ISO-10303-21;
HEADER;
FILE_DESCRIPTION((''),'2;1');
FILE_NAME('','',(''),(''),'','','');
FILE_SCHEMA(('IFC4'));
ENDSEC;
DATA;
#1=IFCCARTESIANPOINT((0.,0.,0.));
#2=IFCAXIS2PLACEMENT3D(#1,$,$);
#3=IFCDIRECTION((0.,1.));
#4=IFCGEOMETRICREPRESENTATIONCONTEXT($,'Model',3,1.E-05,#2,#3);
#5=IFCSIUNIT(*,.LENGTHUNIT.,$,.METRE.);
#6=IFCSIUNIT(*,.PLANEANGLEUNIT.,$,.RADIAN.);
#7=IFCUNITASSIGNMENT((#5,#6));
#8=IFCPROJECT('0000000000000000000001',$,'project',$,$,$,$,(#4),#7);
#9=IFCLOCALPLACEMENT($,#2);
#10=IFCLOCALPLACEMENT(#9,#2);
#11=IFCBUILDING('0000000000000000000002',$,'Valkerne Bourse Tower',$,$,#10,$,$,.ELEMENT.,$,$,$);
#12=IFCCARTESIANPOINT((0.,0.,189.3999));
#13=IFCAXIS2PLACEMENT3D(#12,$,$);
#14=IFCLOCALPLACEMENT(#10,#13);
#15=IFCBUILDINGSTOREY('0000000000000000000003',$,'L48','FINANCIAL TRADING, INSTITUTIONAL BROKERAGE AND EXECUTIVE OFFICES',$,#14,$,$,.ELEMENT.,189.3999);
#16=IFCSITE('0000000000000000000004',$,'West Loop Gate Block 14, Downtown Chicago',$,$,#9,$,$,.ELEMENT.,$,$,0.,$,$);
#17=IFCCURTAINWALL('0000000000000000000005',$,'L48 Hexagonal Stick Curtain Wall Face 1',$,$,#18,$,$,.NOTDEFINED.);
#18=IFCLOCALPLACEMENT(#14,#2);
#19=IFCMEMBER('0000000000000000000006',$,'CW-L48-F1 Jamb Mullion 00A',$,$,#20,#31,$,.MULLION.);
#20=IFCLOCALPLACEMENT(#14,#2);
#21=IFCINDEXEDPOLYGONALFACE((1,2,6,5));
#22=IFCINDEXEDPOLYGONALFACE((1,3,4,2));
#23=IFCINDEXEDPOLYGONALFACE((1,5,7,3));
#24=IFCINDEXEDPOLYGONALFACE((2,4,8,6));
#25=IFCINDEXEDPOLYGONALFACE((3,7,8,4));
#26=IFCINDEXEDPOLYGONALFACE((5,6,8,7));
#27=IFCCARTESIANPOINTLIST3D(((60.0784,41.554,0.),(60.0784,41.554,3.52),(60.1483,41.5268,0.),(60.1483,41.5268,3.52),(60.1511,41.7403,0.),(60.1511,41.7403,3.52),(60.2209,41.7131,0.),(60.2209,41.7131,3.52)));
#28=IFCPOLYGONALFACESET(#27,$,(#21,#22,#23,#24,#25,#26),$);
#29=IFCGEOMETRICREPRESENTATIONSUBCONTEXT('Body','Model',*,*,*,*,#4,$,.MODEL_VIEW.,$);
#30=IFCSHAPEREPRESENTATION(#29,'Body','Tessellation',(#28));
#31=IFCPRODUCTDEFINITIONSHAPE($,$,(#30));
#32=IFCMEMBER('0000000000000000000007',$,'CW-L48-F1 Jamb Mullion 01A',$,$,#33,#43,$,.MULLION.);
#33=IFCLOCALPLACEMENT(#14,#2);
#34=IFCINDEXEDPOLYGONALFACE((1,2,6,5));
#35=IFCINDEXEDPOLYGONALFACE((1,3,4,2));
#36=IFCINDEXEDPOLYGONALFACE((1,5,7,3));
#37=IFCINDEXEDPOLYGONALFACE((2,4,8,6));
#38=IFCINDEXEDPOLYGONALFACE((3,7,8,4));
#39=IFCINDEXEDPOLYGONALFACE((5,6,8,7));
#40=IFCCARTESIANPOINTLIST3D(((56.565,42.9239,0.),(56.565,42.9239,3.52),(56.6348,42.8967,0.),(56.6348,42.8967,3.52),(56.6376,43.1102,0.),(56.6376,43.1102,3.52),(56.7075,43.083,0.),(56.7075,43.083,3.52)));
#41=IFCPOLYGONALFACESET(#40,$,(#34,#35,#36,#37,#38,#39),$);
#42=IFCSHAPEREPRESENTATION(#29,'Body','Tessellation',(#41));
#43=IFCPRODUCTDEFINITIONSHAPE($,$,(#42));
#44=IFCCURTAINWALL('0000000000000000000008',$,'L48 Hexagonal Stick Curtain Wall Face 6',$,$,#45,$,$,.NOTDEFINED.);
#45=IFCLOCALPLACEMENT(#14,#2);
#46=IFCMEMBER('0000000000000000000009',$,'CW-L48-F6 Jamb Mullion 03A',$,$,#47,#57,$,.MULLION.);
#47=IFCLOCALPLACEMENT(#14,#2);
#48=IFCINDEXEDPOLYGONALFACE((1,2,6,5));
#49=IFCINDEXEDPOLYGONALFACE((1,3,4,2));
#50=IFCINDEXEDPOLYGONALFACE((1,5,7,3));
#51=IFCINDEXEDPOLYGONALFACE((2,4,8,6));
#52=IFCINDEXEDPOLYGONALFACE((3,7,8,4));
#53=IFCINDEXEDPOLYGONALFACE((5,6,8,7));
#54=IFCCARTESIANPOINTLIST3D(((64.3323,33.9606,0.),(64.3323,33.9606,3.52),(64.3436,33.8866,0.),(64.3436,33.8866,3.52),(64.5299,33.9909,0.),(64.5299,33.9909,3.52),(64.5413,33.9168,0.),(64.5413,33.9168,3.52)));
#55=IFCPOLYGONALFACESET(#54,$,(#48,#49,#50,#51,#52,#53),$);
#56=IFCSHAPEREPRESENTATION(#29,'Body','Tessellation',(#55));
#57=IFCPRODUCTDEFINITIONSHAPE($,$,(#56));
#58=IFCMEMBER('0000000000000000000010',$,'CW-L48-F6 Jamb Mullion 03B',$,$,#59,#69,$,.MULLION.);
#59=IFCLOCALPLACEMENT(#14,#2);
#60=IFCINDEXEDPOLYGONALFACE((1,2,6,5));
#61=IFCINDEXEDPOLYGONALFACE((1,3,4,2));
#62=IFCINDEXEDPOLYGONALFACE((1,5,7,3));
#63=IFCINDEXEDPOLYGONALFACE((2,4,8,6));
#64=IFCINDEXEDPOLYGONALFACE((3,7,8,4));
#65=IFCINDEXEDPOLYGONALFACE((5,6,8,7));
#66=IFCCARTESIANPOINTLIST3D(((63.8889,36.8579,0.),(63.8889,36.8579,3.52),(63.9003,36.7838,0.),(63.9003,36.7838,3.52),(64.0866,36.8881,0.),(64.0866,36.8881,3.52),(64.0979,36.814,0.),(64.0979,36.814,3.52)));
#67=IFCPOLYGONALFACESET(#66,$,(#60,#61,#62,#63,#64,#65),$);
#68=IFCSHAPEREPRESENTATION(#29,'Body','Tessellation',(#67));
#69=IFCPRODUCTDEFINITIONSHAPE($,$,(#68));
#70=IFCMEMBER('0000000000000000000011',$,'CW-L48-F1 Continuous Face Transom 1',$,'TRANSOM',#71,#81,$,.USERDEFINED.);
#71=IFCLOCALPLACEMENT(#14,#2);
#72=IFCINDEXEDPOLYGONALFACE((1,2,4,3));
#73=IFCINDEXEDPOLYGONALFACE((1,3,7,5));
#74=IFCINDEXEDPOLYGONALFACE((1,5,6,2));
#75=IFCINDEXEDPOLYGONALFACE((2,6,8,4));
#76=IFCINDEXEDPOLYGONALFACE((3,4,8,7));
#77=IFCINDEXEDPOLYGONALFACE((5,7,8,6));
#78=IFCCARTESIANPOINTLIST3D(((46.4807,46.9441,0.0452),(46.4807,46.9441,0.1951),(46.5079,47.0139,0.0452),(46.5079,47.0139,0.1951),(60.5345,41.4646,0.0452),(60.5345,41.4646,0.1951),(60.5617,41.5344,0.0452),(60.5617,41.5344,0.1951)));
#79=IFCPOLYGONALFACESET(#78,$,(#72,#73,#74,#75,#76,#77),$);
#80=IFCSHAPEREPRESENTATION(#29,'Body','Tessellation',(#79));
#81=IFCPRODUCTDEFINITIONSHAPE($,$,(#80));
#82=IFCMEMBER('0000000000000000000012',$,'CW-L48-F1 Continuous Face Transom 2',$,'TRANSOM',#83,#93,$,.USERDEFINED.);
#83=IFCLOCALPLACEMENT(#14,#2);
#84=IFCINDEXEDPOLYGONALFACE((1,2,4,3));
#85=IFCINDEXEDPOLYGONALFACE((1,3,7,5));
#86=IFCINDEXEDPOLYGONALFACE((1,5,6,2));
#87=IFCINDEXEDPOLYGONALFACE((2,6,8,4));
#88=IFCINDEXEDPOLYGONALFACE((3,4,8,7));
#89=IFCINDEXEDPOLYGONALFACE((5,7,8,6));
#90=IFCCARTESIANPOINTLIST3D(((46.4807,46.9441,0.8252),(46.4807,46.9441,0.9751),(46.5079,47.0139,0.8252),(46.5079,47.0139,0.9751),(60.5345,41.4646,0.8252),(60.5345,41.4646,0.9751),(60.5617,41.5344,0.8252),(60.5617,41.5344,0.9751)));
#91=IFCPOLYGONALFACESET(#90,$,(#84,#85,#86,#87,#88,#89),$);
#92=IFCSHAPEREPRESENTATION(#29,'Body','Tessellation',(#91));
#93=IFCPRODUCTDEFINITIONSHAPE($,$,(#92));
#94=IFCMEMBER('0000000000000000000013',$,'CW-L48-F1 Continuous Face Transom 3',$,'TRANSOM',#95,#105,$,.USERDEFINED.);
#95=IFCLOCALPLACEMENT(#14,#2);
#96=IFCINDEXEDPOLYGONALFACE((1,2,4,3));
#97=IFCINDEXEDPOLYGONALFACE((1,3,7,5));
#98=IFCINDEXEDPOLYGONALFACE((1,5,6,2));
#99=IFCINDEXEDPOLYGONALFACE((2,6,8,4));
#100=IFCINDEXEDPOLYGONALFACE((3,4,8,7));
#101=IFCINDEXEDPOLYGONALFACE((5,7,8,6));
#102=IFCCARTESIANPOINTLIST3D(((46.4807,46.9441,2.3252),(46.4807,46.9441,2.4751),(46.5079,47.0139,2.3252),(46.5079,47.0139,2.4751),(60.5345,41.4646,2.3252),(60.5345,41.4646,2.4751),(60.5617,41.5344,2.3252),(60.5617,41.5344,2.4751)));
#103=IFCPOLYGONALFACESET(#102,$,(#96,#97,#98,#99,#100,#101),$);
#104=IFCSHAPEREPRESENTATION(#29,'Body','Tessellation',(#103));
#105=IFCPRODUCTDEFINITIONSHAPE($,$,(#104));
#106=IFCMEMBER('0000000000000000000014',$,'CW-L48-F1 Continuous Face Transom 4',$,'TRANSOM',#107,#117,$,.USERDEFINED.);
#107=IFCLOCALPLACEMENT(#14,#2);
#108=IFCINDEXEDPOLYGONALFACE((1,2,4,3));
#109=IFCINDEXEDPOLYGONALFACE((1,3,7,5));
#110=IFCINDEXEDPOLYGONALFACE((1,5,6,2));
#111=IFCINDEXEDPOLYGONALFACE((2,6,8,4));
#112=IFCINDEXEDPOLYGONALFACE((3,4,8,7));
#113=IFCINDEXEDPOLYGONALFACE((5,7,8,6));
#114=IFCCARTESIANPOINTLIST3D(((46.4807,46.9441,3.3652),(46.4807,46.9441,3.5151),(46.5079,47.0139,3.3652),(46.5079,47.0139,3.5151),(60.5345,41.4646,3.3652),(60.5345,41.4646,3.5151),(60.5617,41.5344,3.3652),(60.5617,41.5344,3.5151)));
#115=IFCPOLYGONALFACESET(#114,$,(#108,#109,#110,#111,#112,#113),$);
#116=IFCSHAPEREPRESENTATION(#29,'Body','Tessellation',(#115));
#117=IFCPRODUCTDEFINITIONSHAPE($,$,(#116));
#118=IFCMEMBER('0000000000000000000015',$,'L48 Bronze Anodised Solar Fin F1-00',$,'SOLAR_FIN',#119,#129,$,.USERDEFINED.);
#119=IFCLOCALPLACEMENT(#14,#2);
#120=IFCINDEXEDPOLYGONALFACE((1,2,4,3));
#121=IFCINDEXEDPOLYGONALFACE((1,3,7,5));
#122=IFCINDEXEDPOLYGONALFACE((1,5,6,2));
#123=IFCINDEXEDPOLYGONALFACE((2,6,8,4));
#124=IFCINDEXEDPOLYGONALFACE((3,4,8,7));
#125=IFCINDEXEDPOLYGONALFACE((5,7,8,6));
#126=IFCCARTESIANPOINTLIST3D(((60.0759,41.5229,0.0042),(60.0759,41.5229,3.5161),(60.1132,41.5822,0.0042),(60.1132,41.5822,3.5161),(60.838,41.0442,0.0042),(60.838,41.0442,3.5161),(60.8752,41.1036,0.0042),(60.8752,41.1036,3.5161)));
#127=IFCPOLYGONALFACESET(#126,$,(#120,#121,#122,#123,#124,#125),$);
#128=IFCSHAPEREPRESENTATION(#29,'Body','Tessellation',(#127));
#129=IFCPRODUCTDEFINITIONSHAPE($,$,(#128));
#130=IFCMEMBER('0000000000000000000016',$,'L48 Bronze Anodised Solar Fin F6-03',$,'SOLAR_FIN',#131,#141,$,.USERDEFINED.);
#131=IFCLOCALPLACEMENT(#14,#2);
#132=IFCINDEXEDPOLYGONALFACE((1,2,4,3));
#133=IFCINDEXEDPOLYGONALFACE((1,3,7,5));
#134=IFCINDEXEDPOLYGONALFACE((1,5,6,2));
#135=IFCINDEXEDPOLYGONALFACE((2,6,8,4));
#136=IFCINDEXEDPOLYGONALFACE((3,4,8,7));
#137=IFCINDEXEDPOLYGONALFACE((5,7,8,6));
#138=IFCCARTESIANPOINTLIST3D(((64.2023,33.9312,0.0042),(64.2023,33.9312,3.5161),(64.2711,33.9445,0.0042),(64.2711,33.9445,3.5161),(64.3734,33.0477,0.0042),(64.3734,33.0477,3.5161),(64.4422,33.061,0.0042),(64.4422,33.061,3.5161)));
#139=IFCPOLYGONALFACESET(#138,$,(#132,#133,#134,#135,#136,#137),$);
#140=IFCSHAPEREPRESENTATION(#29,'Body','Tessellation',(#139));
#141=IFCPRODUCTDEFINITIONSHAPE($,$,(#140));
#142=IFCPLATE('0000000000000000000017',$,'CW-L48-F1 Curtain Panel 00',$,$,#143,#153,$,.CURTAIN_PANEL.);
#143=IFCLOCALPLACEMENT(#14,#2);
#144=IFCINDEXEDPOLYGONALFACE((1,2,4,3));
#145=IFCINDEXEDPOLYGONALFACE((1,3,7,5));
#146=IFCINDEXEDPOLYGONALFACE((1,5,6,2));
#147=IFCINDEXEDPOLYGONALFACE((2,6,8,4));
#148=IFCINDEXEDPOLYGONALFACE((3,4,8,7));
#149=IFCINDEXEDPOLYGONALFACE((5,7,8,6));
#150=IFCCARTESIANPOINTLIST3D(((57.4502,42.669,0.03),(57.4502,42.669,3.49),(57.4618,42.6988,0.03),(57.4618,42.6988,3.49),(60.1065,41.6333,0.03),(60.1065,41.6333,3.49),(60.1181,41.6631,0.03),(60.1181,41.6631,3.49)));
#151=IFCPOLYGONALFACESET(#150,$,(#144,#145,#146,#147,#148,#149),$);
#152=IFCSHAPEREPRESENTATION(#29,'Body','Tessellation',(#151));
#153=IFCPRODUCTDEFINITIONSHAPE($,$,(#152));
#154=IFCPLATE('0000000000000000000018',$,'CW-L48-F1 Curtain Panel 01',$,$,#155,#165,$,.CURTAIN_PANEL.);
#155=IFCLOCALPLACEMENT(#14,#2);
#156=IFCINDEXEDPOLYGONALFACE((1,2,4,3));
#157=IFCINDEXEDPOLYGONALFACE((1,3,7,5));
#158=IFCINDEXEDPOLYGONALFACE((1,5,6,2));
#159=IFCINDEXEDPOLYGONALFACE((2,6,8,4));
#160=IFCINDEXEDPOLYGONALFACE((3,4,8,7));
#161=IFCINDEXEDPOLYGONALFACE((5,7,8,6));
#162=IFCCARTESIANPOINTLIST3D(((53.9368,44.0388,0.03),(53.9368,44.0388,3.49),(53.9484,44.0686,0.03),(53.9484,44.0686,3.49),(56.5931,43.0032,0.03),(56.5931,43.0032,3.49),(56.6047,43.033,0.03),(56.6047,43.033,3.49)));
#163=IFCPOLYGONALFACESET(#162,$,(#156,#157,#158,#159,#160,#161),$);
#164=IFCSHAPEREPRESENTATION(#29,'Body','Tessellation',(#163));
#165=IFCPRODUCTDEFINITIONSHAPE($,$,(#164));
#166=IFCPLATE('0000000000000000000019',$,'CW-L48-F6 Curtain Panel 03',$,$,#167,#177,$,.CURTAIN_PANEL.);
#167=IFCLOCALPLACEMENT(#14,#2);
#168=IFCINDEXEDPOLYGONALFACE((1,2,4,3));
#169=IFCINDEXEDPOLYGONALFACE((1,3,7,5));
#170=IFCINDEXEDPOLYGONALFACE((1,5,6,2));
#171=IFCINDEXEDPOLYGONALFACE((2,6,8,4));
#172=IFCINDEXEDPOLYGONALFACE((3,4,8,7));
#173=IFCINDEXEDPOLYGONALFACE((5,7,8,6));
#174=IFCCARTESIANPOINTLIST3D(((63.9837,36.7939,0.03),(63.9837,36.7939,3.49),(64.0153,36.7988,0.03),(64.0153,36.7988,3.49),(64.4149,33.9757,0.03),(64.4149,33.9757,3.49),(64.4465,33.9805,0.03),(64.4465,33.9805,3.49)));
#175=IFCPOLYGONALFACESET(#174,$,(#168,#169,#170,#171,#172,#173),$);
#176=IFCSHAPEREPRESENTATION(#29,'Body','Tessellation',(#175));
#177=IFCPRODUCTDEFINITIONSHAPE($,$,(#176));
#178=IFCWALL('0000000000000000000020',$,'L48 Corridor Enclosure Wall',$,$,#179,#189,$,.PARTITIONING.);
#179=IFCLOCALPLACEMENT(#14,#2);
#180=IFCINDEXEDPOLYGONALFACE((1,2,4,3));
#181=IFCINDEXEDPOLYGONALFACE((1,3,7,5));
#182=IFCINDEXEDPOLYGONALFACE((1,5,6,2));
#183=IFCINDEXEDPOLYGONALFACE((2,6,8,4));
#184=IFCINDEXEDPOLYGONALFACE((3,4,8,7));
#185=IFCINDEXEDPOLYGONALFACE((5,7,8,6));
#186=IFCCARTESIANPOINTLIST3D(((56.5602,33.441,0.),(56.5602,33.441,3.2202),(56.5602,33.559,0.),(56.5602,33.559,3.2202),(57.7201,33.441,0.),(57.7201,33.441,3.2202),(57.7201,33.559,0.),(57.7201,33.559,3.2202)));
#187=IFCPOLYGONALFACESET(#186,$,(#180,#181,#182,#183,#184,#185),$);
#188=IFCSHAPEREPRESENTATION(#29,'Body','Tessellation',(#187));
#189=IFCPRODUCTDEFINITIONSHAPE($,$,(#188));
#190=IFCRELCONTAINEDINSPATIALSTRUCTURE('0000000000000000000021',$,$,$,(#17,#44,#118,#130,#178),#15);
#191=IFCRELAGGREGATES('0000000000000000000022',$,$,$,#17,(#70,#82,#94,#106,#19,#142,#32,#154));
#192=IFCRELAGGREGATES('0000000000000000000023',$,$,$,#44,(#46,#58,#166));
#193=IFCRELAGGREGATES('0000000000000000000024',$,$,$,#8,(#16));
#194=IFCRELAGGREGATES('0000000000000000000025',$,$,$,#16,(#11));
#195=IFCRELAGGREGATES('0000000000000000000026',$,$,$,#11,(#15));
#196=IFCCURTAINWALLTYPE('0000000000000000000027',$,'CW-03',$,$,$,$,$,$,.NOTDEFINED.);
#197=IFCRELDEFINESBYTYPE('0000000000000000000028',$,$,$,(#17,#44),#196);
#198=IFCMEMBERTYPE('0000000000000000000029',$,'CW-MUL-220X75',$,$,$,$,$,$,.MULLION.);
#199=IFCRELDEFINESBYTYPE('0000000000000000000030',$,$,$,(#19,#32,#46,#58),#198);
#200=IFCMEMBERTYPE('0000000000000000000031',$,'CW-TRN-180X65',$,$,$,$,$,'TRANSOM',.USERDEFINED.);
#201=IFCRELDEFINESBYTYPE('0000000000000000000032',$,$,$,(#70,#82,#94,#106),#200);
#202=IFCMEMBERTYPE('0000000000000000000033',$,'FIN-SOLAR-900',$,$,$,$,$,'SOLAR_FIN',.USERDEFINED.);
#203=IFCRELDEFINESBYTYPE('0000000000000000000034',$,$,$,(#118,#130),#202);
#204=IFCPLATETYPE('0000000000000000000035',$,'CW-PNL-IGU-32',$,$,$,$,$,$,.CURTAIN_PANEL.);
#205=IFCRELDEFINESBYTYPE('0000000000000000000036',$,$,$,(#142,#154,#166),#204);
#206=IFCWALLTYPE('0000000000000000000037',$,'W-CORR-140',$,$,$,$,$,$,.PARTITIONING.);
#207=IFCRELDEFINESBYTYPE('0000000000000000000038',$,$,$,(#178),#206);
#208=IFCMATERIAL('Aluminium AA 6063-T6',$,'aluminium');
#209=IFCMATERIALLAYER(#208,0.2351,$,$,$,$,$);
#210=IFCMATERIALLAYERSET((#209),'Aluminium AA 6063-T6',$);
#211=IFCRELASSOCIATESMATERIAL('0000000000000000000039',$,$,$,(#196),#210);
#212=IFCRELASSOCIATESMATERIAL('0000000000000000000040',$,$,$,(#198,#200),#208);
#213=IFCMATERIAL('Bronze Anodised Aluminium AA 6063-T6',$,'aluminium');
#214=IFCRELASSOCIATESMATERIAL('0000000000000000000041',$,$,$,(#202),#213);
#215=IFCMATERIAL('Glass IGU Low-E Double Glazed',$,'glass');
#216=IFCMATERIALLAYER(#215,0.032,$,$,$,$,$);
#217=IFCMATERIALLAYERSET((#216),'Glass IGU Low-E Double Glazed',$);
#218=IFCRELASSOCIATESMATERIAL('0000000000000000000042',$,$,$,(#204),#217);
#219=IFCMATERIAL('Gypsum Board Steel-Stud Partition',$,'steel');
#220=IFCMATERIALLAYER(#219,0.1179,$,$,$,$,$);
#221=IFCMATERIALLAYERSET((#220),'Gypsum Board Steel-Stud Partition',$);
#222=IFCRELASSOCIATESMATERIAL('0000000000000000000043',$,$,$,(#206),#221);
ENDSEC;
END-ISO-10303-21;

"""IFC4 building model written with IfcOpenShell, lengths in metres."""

from ifc_helpers import new_model, si_unit, direction, frame, frame_2d, origin, origin_2d, place, context, subcontext, project, spatial, rectangle, extrude, material, layer, layer_set, material_profile, profile_set, type_object, element, aggregate, save


model = new_model("IFC4")

# Units and contexts
model_context = context("Model", 3, precision=1e-05, world=origin(), true_north=direction((0.0, 1.0)))
body_context = subcontext(model_context, "Body", "Model", "MODEL_VIEW")
ifc_project = project(units=[si_unit("LENGTHUNIT", "METRE"), si_unit("PLANEANGLEUNIT", "RADIAN")], contexts=[model_context])

# Site, building, storey
site_placement = place(None, origin())
site = spatial("IfcSite", under=ifc_project, at=site_placement, Name="West Loop Gate Block 14, Downtown Chicago", CompositionType="ELEMENT", RefElevation=0.0)
building_placement = place(site_placement, origin())
building = spatial("IfcBuilding", under=site, at=building_placement, Name="Valkerne Bourse Tower", CompositionType="ELEMENT")
storey_placement = place(building_placement, frame((0.0, 0.0, 189.3999)))
storey = spatial("IfcBuildingStorey", under=building, at=storey_placement, Name="L48", Description="FINANCIAL TRADING, INSTITUTIONAL BROKERAGE AND EXECUTIVE OFFICES", CompositionType="ELEMENT", Elevation=189.3999)

# Curtain walls, members
ifc_material_1 = material(Name="Aluminium AA 6063-T6", Category="aluminium")
ifc_layer_1 = layer(ifc_material_1, 0.2351)
ifc_layer_set_1 = layer_set([ifc_layer_1], Name="Aluminium AA 6063-T6")
curtain_wall_type = type_object("IfcCurtainWallType", Name="CW-03", PredefinedType="NOTDEFINED", material=ifc_layer_set_1)
curtain_wall_1_placement = place(storey_placement, origin())
curtain_wall_1 = element("IfcCurtainWall", 1, at=curtain_wall_1_placement, inside=storey, type_object=curtain_wall_type, Name="L48 Hexagonal Stick Curtain Wall Face 1", PredefinedType="NOTDEFINED")
ifc_material_profile_1 = material_profile(ifc_material_1, rectangle(XDim=0.075, YDim=0.2, at=origin_2d()), Name="CWM-75X200")
ifc_profile_set_1 = profile_set([ifc_material_profile_1], Name="Aluminium AA 6063-T6")
member_type_1 = type_object("IfcMemberType", Name="CW-MUL-220X75", PredefinedType="MULLION", material=ifc_profile_set_1)
member_1_placement = place(storey_placement, frame((60.1497, 41.6335, 0.0), z_axis=(0.0, 0.0, 1.0), x_axis=(-0.931684, 0.36327, 0.0)))
member_1 = element("IfcMember", 2, at=member_1_placement, type_object=member_type_1, Name="CW-L48-F1 Jamb Mullion 00A", PredefinedType="MULLION", context=body_context, shape_type="SweptSolid", body=[
    extrude(rectangle(XDim=0.075, YDim=0.2, at=origin_2d()), origin(), (0.0, 0.0, 1.0), 3.52),
])
member_2_placement = place(storey_placement, frame((56.6362, 43.0034, 0.0), z_axis=(0.0, 0.0, 1.0), x_axis=(-0.931693, 0.363247, 0.0)))
member_2 = element("IfcMember", 3, at=member_2_placement, type_object=member_type_1, Name="CW-L48-F1 Jamb Mullion 01A", PredefinedType="MULLION", context=body_context, shape_type="SweptSolid", body=[
    extrude(rectangle(XDim=0.075, YDim=0.2, at=origin_2d()), origin(), (0.0, 0.0, 1.0), 3.52),
])
curtain_wall_2_placement = place(storey_placement, origin())
curtain_wall_2 = element("IfcCurtainWall", 4, at=curtain_wall_2_placement, inside=storey, type_object=curtain_wall_type, Name="L48 Hexagonal Stick Curtain Wall Face 6", PredefinedType="NOTDEFINED")
member_3_placement = place(storey_placement, frame((64.4368, 33.9387, 0.0), z_axis=(0.0, 0.0, 1.0), x_axis=(-0.15126, 0.988494, 0.0)))
member_3 = element("IfcMember", 5, at=member_3_placement, type_object=member_type_1, Name="CW-L48-F6 Jamb Mullion 03A", PredefinedType="MULLION", context=body_context, shape_type="SweptSolid", body=[
    extrude(rectangle(XDim=0.075, YDim=0.2, at=origin_2d()), origin(), (0.0, 0.0, 1.0), 3.52),
])
member_4_placement = place(storey_placement, frame((63.9934, 36.8359, 0.0), z_axis=(0.0, 0.0, 1.0), x_axis=(-0.15126, 0.988494, 0.0)))
member_4 = element("IfcMember", 6, at=member_4_placement, type_object=member_type_1, Name="CW-L48-F6 Jamb Mullion 03B", PredefinedType="MULLION", context=body_context, shape_type="SweptSolid", body=[
    extrude(rectangle(XDim=0.075, YDim=0.2, at=origin_2d()), origin(), (0.0, 0.0, 1.0), 3.52),
])

# Members
ifc_material_profile_2 = material_profile(ifc_material_1, rectangle(XDim=0.075, YDim=0.1499, at=origin_2d()), Name="CWT-75X150")
ifc_profile_set_2 = profile_set([ifc_material_profile_2], Name="Aluminium AA 6063-T6")
member_type_2 = type_object("IfcMemberType", Name="CW-TRN-180X65", ElementType="TRANSOM", PredefinedType="USERDEFINED", material=ifc_profile_set_2)
member_5_placement = place(storey_placement, frame((60.5481, 41.4995, 0.1201), z_axis=(-0.931687, 0.363262, 0.0), x_axis=(-0.363262, -0.931687, 0.0)))
member_5 = element("IfcMember", 7, at=member_5_placement, type_object=member_type_2, Name="CW-L48-F1 Continuous Face Transom 1", ObjectType="TRANSOM", PredefinedType="USERDEFINED", context=body_context, shape_type="SweptSolid", body=[
    extrude(rectangle(XDim=0.075, YDim=0.1499, at=origin_2d()), origin(), (0.0, 0.0, 1.0), 15.0842),
])
member_6_placement = place(storey_placement, frame((60.5481, 41.4995, 0.9001), z_axis=(-0.931687, 0.363262, 0.0), x_axis=(-0.363262, -0.931687, 0.0)))
member_6 = element("IfcMember", 8, at=member_6_placement, type_object=member_type_2, Name="CW-L48-F1 Continuous Face Transom 2", ObjectType="TRANSOM", PredefinedType="USERDEFINED", context=body_context, shape_type="SweptSolid", body=[
    extrude(rectangle(XDim=0.075, YDim=0.1499, at=origin_2d()), origin(), (0.0, 0.0, 1.0), 15.0842),
])
member_7_placement = place(storey_placement, frame((60.5481, 41.4995, 2.4001), z_axis=(-0.931687, 0.363262, 0.0), x_axis=(-0.363262, -0.931687, 0.0)))
member_7 = element("IfcMember", 9, at=member_7_placement, type_object=member_type_2, Name="CW-L48-F1 Continuous Face Transom 3", ObjectType="TRANSOM", PredefinedType="USERDEFINED", context=body_context, shape_type="SweptSolid", body=[
    extrude(rectangle(XDim=0.075, YDim=0.1499, at=origin_2d()), origin(), (0.0, 0.0, 1.0), 15.0842),
])
member_8_placement = place(storey_placement, frame((60.5481, 41.4995, 3.4402), z_axis=(-0.931687, 0.363262, 0.0), x_axis=(-0.363262, -0.931687, 0.0)))
member_8 = element("IfcMember", 10, at=member_8_placement, type_object=member_type_2, Name="CW-L48-F1 Continuous Face Transom 4", ObjectType="TRANSOM", PredefinedType="USERDEFINED", context=body_context, shape_type="SweptSolid", body=[
    extrude(rectangle(XDim=0.075, YDim=0.1499, at=origin_2d()), origin(), (0.0, 0.0, 1.0), 15.0842),
])

# Members
ifc_material_2 = material(Name="Bronze Anodised Aluminium AA 6063-T6", Category="aluminium")
ifc_material_profile_3 = material_profile(ifc_material_2, rectangle(XDim=0.0701, YDim=0.8999, at=origin_2d()), Name="FIN-70X900")
ifc_profile_set_3 = profile_set([ifc_material_profile_3], Name="Bronze Anodised Aluminium AA 6063-T6")
member_type_3 = type_object("IfcMemberType", Name="FIN-SOLAR-900", ElementType="SOLAR_FIN", PredefinedType="USERDEFINED", material=ifc_profile_set_3)
for number, where, z_axis, x_axis, name in (
    (11, (60.4756, 41.3132, 0.0042), (0.0, 0.0, 1.0), (0.531912, 0.846799, 0.0), "L48 Bronze Anodised Solar Fin F1-00"),
    (12, (64.3223, 33.4961, 0.0042), (0.0, 0.0, 1.0), (0.981752, 0.190165, 0.0), "L48 Bronze Anodised Solar Fin F6-03"),
):
    element("IfcMember", number, at=place(storey_placement, frame(where, z_axis=z_axis, x_axis=x_axis)), inside=storey, type_object=member_type_3, Name=name, ObjectType="SOLAR_FIN", PredefinedType="USERDEFINED", context=body_context, shape_type="SweptSolid", body=[
        extrude(rectangle(XDim=0.0701, YDim=0.8999, at=origin_2d()), origin(), (0.0, 0.0, 1.0), 3.512),
    ])

# Plates
ifc_material_3 = material(Name="Glass IGU Low-E Double Glazed", Category="glass")
ifc_layer_2 = layer(ifc_material_3, 0.032)
ifc_layer_set_2 = layer_set([ifc_layer_2], Name="Glass IGU Low-E Double Glazed")
plate_type = type_object("IfcPlateType", Name="CW-PNL-IGU-32", PredefinedType="CURTAIN_PANEL", material=ifc_layer_set_2)
plate_1_placement = place(storey_placement, frame((58.7842, 42.166, 0.03), z_axis=(0.0, 0.0, 1.0), x_axis=(-0.931684, 0.36327, 0.0)))
plate_1 = element("IfcPlate", 13, at=plate_1_placement, type_object=plate_type, Name="CW-L48-F1 Curtain Panel 00", PredefinedType="CURTAIN_PANEL", context=body_context, shape_type="SweptSolid", body=[
    extrude(rectangle(XDim=2.8511, YDim=0.032, at=origin_2d()), origin(), (0.0, 0.0, 1.0), 3.46),
])
plate_2_placement = place(storey_placement, frame((55.2708, 43.5359, 0.03), z_axis=(0.0, 0.0, 1.0), x_axis=(-0.931693, 0.363247, 0.0)))
plate_2 = element("IfcPlate", 14, at=plate_2_placement, type_object=plate_type, Name="CW-L48-F1 Curtain Panel 01", PredefinedType="CURTAIN_PANEL", context=body_context, shape_type="SweptSolid", body=[
    extrude(rectangle(XDim=2.8511, YDim=0.032, at=origin_2d()), origin(), (0.0, 0.0, 1.0), 3.46),
])
aggregate(curtain_wall_1, [member_5, member_6, member_7, member_8, member_1, plate_1, member_2, plate_2])
plate_3_placement = place(storey_placement, frame((64.2151, 35.3872, 0.03), z_axis=(0.0, 0.0, 1.0), x_axis=(-0.15126, 0.988494, 0.0)))
plate_3 = element("IfcPlate", 15, at=plate_3_placement, type_object=plate_type, Name="CW-L48-F6 Curtain Panel 03", PredefinedType="CURTAIN_PANEL", context=body_context, shape_type="SweptSolid", body=[
    extrude(rectangle(XDim=2.8511, YDim=0.032, at=origin_2d()), origin(), (0.0, 0.0, 1.0), 3.46),
])
aggregate(curtain_wall_2, [member_3, member_4, plate_3])

# Wall
ifc_material_4 = material(Name="Gypsum Board Steel-Stud Partition", Category="steel")
ifc_layer_3 = layer(ifc_material_4, 0.1179)
ifc_layer_set_3 = layer_set([ifc_layer_3], Name="Gypsum Board Steel-Stud Partition")
wall_type = type_object("IfcWallType", Name="W-CORR-140", PredefinedType="PARTITIONING", material=ifc_layer_set_3)
wall_1_placement = place(storey_placement, frame((56.5601, 33.5, 0.0), z_axis=(0.0, 0.0, 1.0), x_axis=(1.0, 0.0, 0.0)))
element("IfcWall", 16, at=wall_1_placement, inside=storey, type_object=wall_type, Name="L48 Corridor Enclosure Wall", PredefinedType="PARTITIONING", context=body_context, shape_type="SweptSolid", body=[
    extrude(rectangle(XDim=1.1599, YDim=0.1179, at=frame_2d((0.5801, 0.0))), origin(), (0.0, 0.0, 1.0), 3.2202),
])

save(model, "model.ifc")
